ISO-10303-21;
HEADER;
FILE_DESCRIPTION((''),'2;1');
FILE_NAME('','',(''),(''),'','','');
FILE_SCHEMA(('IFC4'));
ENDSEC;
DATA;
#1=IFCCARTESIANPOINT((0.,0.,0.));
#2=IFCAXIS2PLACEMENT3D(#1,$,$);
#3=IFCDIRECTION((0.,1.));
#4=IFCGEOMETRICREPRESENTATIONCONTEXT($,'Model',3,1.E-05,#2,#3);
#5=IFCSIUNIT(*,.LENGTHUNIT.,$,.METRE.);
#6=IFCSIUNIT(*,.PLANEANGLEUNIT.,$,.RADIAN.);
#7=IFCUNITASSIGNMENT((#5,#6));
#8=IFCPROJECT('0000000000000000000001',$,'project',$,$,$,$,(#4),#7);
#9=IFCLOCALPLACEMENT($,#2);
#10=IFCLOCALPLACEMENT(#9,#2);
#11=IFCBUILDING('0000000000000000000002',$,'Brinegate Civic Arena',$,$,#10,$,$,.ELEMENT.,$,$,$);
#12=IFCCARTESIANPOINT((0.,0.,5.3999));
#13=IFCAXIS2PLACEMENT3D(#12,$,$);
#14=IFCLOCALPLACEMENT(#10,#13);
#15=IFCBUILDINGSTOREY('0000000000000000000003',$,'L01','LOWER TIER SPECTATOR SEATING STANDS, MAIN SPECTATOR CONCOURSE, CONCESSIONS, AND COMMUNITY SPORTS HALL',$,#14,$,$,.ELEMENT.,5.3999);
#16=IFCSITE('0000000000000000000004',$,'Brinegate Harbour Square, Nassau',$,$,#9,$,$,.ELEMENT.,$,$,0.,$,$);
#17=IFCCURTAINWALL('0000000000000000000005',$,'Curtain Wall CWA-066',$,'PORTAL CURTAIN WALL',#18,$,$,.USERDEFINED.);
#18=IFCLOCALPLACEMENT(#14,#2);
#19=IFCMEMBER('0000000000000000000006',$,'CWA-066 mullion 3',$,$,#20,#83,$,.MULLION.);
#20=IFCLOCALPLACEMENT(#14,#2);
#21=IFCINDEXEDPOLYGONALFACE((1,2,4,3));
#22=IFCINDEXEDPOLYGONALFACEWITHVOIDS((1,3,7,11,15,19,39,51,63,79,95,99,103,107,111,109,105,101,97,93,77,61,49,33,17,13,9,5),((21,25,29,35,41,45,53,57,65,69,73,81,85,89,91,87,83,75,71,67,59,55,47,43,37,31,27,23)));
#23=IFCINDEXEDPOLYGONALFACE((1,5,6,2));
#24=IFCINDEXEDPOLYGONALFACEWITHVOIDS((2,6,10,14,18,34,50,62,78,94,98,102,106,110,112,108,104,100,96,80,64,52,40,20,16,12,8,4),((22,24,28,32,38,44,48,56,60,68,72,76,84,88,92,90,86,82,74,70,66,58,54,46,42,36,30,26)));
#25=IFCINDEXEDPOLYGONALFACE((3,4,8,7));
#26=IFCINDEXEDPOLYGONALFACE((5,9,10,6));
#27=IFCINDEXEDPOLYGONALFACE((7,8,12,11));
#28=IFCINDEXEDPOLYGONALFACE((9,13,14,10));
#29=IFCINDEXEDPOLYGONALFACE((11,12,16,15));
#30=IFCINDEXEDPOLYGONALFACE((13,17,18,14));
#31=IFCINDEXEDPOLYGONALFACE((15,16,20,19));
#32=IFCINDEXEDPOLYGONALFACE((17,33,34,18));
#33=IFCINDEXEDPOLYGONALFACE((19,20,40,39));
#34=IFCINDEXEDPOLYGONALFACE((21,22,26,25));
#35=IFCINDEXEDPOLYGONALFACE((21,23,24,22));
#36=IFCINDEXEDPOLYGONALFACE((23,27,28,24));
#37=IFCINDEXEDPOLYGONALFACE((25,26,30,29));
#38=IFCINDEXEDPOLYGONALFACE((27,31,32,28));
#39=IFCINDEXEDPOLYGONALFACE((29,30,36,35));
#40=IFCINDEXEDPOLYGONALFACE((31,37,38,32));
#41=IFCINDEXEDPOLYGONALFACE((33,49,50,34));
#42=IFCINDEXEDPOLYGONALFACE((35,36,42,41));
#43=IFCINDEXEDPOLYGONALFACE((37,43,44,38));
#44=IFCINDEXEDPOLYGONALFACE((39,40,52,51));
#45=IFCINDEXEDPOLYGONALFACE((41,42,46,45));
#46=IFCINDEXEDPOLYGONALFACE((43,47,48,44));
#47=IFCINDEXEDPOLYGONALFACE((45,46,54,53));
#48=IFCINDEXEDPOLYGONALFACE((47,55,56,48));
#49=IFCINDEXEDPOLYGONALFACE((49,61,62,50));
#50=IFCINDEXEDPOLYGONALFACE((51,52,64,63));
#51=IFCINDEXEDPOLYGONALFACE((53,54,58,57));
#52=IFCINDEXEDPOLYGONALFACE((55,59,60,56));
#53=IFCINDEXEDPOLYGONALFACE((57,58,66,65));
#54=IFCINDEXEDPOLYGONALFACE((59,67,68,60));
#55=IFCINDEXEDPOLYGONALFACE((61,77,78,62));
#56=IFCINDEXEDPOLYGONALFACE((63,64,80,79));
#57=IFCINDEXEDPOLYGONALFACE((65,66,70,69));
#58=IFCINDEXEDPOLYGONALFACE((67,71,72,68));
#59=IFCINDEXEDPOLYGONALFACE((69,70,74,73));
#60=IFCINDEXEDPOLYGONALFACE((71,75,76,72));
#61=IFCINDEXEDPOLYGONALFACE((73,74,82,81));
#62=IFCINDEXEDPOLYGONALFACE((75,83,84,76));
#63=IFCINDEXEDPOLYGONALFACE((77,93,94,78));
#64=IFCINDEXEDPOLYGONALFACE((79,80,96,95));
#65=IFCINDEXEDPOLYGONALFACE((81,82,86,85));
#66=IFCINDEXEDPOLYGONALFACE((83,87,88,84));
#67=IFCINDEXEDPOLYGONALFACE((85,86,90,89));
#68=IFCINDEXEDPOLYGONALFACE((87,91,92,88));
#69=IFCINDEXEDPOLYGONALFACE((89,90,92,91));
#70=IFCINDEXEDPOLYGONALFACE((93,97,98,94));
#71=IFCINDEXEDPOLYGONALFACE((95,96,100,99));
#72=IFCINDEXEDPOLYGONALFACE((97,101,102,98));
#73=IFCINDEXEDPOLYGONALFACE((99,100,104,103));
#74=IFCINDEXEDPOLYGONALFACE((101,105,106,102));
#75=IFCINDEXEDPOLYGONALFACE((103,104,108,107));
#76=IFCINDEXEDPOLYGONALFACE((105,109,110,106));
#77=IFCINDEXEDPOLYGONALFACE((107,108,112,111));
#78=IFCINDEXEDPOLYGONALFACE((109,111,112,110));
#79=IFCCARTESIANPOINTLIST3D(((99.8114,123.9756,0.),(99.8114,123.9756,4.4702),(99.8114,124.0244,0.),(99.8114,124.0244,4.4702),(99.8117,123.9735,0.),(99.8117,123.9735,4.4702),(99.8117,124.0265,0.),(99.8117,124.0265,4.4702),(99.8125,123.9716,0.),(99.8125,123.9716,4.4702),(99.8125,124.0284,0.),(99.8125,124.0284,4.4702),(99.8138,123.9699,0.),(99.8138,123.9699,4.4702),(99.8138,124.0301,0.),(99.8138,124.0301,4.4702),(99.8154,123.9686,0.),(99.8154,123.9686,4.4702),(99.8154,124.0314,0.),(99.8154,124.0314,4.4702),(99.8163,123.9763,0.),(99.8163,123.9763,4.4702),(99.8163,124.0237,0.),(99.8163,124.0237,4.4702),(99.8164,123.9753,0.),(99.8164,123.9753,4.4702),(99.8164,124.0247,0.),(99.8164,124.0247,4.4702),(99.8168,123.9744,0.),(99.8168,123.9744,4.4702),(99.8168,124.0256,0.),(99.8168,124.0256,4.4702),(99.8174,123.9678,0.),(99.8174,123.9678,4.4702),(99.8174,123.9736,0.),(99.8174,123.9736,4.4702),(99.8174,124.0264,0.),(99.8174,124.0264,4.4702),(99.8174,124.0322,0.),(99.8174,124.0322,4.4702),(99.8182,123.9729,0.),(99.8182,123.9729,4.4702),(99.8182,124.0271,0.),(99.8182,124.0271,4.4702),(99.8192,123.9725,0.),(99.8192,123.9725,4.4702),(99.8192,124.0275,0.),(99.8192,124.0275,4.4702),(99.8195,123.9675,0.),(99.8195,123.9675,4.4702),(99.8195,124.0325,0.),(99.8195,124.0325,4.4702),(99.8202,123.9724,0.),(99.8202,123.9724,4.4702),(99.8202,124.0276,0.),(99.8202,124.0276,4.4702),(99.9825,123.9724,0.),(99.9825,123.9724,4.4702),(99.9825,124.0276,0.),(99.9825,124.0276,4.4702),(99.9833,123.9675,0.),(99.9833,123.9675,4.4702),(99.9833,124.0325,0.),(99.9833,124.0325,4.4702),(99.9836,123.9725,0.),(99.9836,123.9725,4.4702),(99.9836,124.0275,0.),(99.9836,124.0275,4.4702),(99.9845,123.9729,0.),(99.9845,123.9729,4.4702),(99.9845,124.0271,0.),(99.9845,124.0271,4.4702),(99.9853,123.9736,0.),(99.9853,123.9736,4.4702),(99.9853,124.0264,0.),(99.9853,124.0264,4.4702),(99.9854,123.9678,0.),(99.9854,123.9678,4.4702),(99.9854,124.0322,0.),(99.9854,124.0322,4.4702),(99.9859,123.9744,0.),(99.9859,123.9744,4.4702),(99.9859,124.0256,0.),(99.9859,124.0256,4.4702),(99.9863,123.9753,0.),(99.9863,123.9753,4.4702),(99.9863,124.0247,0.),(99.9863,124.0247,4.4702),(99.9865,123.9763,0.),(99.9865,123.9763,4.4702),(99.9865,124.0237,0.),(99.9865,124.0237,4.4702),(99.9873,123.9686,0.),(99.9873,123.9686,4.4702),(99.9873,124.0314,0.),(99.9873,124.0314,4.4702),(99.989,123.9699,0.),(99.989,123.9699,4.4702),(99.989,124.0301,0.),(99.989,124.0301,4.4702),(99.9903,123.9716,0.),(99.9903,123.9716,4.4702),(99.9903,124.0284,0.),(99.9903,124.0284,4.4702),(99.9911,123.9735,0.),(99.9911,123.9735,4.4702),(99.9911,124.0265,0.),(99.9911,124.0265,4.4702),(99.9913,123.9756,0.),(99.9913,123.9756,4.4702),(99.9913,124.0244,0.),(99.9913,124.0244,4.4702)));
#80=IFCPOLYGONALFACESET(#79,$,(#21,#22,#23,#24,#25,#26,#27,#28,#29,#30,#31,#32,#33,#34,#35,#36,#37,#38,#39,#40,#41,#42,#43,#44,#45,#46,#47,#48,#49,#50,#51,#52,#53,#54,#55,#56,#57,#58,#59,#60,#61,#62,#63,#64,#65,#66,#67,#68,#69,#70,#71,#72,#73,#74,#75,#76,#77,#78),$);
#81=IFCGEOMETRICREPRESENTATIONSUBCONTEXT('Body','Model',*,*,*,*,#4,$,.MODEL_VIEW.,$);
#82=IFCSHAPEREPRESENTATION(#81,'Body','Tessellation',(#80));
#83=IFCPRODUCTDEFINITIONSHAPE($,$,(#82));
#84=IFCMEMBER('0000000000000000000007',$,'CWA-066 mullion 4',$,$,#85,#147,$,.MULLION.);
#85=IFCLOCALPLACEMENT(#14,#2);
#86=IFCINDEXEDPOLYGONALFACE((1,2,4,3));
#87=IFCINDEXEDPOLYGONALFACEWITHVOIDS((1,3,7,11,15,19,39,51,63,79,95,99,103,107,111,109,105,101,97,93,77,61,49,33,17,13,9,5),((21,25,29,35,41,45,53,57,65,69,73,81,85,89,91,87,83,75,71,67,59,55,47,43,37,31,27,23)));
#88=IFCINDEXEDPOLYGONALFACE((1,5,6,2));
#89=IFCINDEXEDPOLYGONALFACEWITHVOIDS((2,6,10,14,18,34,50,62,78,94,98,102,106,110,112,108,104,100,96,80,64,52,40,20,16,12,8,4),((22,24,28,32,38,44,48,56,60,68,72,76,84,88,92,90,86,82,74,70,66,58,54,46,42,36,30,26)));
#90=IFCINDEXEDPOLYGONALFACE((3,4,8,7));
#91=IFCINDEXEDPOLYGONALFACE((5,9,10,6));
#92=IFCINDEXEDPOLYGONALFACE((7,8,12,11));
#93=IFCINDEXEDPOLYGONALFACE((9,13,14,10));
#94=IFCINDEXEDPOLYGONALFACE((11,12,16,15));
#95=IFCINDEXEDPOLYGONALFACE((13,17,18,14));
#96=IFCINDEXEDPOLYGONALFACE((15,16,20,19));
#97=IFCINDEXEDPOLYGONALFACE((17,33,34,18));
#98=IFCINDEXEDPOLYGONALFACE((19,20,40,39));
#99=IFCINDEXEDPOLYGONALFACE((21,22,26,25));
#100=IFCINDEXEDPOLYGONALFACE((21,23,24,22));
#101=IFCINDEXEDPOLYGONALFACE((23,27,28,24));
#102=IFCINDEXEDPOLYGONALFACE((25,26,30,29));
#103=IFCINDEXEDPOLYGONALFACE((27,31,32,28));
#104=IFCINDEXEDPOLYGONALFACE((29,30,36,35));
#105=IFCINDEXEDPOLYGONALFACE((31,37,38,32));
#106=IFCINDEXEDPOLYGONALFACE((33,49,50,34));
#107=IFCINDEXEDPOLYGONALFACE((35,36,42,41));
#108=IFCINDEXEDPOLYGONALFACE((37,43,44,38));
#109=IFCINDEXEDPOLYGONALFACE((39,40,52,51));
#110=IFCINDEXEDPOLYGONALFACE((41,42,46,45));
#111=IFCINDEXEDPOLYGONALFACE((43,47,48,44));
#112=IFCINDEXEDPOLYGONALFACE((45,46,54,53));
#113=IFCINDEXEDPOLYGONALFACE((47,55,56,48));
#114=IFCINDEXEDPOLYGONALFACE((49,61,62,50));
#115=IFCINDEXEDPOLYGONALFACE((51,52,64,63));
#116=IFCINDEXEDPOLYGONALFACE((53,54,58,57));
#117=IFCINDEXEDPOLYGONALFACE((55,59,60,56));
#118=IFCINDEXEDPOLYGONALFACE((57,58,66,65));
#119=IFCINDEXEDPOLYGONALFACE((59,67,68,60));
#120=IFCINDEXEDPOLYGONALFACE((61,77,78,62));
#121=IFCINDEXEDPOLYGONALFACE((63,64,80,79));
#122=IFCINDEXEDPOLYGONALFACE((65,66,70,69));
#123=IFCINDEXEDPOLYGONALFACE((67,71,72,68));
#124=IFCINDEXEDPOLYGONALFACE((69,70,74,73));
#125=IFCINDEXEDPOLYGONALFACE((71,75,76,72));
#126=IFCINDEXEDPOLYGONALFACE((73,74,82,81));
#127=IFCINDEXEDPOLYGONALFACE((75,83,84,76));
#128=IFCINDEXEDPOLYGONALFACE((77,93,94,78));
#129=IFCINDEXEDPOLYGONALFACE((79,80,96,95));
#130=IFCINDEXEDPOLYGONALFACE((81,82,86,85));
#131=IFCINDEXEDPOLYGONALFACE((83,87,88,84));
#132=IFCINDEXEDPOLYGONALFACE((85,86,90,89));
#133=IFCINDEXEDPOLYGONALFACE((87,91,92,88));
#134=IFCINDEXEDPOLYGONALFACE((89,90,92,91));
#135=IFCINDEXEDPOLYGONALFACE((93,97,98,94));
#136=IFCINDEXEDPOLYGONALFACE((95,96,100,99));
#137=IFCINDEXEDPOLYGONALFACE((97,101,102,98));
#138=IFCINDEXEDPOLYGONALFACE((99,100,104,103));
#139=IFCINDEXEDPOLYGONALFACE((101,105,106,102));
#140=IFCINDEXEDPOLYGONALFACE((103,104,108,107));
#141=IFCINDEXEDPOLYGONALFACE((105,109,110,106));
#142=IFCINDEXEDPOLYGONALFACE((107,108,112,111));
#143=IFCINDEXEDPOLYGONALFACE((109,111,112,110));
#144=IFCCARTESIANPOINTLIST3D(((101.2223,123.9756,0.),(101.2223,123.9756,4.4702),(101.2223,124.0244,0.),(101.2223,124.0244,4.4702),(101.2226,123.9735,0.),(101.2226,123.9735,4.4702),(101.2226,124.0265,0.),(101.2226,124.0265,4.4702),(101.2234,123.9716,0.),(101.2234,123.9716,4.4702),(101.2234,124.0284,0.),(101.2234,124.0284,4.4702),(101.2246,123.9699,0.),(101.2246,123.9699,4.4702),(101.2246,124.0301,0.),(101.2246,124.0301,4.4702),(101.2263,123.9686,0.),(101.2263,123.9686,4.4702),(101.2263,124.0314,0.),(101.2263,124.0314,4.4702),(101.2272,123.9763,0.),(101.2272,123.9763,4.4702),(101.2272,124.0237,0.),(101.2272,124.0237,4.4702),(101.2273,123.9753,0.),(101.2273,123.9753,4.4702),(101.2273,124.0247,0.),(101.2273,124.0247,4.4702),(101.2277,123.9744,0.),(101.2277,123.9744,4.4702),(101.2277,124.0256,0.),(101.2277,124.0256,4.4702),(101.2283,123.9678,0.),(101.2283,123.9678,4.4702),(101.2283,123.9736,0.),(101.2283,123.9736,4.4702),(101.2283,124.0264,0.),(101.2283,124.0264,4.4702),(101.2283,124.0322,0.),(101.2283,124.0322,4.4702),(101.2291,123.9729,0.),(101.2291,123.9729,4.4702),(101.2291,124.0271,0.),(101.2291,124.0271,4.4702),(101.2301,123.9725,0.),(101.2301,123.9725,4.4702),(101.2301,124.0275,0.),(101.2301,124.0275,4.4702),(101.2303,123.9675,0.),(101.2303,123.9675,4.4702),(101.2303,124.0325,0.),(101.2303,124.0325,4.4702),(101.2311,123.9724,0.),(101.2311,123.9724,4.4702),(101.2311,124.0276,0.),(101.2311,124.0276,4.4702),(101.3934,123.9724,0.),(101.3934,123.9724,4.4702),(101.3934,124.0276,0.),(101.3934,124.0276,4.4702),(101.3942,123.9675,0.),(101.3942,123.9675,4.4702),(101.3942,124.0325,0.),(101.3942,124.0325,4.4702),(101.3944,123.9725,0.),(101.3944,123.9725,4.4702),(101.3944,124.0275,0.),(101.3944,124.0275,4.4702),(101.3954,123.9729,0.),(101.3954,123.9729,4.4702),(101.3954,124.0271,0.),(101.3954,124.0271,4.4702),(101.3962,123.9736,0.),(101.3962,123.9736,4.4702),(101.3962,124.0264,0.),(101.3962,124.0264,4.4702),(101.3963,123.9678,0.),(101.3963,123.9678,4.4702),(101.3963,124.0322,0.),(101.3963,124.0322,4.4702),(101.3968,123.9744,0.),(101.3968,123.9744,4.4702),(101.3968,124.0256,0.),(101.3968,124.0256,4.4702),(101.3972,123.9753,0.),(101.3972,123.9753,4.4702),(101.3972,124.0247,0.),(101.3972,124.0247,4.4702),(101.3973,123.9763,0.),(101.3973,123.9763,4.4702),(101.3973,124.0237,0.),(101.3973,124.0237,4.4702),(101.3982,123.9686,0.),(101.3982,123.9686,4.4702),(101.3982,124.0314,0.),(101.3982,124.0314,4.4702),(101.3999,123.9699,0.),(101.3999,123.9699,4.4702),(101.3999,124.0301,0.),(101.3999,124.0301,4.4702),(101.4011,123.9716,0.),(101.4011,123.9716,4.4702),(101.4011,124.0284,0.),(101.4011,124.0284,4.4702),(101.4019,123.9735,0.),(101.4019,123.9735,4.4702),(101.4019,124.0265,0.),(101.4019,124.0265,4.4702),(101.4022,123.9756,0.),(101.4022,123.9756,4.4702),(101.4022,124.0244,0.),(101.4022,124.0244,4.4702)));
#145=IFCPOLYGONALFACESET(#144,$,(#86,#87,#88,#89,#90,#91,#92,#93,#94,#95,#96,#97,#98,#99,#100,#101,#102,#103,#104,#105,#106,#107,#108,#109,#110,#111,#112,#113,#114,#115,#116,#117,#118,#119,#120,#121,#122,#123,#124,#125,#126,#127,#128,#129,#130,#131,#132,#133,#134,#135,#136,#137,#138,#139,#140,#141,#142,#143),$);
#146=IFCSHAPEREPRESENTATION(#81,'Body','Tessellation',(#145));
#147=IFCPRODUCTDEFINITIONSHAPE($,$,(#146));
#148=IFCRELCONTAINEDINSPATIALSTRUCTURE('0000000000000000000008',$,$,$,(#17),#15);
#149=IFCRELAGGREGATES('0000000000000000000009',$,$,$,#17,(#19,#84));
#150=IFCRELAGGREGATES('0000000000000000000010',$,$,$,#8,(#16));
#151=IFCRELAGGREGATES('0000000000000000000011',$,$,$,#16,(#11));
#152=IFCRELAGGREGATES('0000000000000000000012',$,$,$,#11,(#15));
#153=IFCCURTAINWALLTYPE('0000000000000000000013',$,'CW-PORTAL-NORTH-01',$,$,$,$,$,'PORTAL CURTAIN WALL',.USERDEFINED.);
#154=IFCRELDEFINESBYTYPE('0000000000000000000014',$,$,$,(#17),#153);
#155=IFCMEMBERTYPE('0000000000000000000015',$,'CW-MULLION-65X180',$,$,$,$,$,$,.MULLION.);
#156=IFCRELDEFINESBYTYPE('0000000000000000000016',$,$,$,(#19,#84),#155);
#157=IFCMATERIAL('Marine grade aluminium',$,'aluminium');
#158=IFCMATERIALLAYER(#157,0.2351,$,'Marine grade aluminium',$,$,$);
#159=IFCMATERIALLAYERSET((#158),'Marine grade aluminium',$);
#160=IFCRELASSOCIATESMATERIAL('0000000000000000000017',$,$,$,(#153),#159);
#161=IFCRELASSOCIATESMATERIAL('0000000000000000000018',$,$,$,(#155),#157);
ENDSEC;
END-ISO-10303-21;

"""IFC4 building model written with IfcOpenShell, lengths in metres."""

from ifc_helpers import new_model, si_unit, direction, frame, origin, origin_2d, place, context, subcontext, project, spatial, hollow_rectangle, extrude, material, layer, layer_set, material_profile, profile_set, type_object, element, aggregate, save


model = new_model("IFC4")

# Units and contexts
model_context = context("Model", 3, precision=1e-05, world=origin(), true_north=direction((0.0, 1.0)))
body_context = subcontext(model_context, "Body", "Model", "MODEL_VIEW")
ifc_project = project(units=[si_unit("LENGTHUNIT", "METRE"), si_unit("PLANEANGLEUNIT", "RADIAN")], contexts=[model_context])

# Site, building, storey
site_placement = place(None, origin())
site = spatial("IfcSite", under=ifc_project, at=site_placement, Name="Brinegate Harbour Square, Nassau", CompositionType="ELEMENT", RefElevation=0.0)
building_placement = place(site_placement, origin())
building = spatial("IfcBuilding", under=site, at=building_placement, Name="Brinegate Civic Arena", CompositionType="ELEMENT")
storey_placement = place(building_placement, frame((0.0, 0.0, 5.3999)))
storey = spatial("IfcBuildingStorey", under=building, at=storey_placement, Name="L01", Description="LOWER TIER SPECTATOR SEATING STANDS, MAIN SPECTATOR CONCOURSE, CONCESSIONS, AND COMMUNITY SPORTS HALL", CompositionType="ELEMENT", Elevation=5.3999)

# Curtain wall, members
ifc_material_1 = material(Name="Marine grade aluminium", Category="aluminium")
ifc_layer_1 = layer(ifc_material_1, 0.2351, Name="Marine grade aluminium")
ifc_layer_set_1 = layer_set([ifc_layer_1], Name="Marine grade aluminium")
curtain_wall_type = type_object("IfcCurtainWallType", Name="CW-PORTAL-NORTH-01", ElementType="PORTAL CURTAIN WALL", PredefinedType="USERDEFINED", material=ifc_layer_set_1)
curtain_wall_placement = place(storey_placement, origin())
curtain_wall = element("IfcCurtainWall", 1, at=curtain_wall_placement, inside=storey, type_object=curtain_wall_type, Name="Curtain Wall CWA-066", ObjectType="PORTAL CURTAIN WALL", PredefinedType="USERDEFINED")
ifc_material_profile_1 = material_profile(ifc_material_1, hollow_rectangle(XDim=0.0649, YDim=0.1799, WallThickness=0.0049, InnerFilletRadius=0.0039, OuterFilletRadius=0.0081, at=origin_2d()), Name="MUL65X180")
ifc_profile_set_1 = profile_set([ifc_material_profile_1], Name="Marine grade aluminium")
member_type_1 = type_object("IfcMemberType", Name="CW-MULLION-65X180", PredefinedType="MULLION", material=ifc_profile_set_1)
member_1_placement = place(storey_placement, frame((99.9014, 124.0, 0.0), z_axis=(0.0, 0.0, 1.0), x_axis=(0.0, 1.0, 0.0)))
member_1 = element("IfcMember", 2, at=member_1_placement, type_object=member_type_1, Name="CWA-066 mullion 3", PredefinedType="MULLION", context=body_context, shape_type="SweptSolid", body=[
    extrude(hollow_rectangle(XDim=0.0649, YDim=0.1799, WallThickness=0.0049, InnerFilletRadius=0.0039, OuterFilletRadius=0.0081, at=origin_2d()), origin(), (0.0, 0.0, 1.0), 4.4702),
])
member_2_placement = place(storey_placement, frame((101.3123, 124.0, 0.0), z_axis=(0.0, 0.0, 1.0), x_axis=(0.0, 1.0, 0.0)))
member_2 = element("IfcMember", 3, at=member_2_placement, type_object=member_type_1, Name="CWA-066 mullion 4", PredefinedType="MULLION", context=body_context, shape_type="SweptSolid", body=[
    extrude(hollow_rectangle(XDim=0.0649, YDim=0.1799, WallThickness=0.0049, InnerFilletRadius=0.0039, OuterFilletRadius=0.0081, at=origin_2d()), origin(), (0.0, 0.0, 1.0), 4.4702),
])

aggregate(curtain_wall, [member_1, member_2])

save(model, "model.ifc")
